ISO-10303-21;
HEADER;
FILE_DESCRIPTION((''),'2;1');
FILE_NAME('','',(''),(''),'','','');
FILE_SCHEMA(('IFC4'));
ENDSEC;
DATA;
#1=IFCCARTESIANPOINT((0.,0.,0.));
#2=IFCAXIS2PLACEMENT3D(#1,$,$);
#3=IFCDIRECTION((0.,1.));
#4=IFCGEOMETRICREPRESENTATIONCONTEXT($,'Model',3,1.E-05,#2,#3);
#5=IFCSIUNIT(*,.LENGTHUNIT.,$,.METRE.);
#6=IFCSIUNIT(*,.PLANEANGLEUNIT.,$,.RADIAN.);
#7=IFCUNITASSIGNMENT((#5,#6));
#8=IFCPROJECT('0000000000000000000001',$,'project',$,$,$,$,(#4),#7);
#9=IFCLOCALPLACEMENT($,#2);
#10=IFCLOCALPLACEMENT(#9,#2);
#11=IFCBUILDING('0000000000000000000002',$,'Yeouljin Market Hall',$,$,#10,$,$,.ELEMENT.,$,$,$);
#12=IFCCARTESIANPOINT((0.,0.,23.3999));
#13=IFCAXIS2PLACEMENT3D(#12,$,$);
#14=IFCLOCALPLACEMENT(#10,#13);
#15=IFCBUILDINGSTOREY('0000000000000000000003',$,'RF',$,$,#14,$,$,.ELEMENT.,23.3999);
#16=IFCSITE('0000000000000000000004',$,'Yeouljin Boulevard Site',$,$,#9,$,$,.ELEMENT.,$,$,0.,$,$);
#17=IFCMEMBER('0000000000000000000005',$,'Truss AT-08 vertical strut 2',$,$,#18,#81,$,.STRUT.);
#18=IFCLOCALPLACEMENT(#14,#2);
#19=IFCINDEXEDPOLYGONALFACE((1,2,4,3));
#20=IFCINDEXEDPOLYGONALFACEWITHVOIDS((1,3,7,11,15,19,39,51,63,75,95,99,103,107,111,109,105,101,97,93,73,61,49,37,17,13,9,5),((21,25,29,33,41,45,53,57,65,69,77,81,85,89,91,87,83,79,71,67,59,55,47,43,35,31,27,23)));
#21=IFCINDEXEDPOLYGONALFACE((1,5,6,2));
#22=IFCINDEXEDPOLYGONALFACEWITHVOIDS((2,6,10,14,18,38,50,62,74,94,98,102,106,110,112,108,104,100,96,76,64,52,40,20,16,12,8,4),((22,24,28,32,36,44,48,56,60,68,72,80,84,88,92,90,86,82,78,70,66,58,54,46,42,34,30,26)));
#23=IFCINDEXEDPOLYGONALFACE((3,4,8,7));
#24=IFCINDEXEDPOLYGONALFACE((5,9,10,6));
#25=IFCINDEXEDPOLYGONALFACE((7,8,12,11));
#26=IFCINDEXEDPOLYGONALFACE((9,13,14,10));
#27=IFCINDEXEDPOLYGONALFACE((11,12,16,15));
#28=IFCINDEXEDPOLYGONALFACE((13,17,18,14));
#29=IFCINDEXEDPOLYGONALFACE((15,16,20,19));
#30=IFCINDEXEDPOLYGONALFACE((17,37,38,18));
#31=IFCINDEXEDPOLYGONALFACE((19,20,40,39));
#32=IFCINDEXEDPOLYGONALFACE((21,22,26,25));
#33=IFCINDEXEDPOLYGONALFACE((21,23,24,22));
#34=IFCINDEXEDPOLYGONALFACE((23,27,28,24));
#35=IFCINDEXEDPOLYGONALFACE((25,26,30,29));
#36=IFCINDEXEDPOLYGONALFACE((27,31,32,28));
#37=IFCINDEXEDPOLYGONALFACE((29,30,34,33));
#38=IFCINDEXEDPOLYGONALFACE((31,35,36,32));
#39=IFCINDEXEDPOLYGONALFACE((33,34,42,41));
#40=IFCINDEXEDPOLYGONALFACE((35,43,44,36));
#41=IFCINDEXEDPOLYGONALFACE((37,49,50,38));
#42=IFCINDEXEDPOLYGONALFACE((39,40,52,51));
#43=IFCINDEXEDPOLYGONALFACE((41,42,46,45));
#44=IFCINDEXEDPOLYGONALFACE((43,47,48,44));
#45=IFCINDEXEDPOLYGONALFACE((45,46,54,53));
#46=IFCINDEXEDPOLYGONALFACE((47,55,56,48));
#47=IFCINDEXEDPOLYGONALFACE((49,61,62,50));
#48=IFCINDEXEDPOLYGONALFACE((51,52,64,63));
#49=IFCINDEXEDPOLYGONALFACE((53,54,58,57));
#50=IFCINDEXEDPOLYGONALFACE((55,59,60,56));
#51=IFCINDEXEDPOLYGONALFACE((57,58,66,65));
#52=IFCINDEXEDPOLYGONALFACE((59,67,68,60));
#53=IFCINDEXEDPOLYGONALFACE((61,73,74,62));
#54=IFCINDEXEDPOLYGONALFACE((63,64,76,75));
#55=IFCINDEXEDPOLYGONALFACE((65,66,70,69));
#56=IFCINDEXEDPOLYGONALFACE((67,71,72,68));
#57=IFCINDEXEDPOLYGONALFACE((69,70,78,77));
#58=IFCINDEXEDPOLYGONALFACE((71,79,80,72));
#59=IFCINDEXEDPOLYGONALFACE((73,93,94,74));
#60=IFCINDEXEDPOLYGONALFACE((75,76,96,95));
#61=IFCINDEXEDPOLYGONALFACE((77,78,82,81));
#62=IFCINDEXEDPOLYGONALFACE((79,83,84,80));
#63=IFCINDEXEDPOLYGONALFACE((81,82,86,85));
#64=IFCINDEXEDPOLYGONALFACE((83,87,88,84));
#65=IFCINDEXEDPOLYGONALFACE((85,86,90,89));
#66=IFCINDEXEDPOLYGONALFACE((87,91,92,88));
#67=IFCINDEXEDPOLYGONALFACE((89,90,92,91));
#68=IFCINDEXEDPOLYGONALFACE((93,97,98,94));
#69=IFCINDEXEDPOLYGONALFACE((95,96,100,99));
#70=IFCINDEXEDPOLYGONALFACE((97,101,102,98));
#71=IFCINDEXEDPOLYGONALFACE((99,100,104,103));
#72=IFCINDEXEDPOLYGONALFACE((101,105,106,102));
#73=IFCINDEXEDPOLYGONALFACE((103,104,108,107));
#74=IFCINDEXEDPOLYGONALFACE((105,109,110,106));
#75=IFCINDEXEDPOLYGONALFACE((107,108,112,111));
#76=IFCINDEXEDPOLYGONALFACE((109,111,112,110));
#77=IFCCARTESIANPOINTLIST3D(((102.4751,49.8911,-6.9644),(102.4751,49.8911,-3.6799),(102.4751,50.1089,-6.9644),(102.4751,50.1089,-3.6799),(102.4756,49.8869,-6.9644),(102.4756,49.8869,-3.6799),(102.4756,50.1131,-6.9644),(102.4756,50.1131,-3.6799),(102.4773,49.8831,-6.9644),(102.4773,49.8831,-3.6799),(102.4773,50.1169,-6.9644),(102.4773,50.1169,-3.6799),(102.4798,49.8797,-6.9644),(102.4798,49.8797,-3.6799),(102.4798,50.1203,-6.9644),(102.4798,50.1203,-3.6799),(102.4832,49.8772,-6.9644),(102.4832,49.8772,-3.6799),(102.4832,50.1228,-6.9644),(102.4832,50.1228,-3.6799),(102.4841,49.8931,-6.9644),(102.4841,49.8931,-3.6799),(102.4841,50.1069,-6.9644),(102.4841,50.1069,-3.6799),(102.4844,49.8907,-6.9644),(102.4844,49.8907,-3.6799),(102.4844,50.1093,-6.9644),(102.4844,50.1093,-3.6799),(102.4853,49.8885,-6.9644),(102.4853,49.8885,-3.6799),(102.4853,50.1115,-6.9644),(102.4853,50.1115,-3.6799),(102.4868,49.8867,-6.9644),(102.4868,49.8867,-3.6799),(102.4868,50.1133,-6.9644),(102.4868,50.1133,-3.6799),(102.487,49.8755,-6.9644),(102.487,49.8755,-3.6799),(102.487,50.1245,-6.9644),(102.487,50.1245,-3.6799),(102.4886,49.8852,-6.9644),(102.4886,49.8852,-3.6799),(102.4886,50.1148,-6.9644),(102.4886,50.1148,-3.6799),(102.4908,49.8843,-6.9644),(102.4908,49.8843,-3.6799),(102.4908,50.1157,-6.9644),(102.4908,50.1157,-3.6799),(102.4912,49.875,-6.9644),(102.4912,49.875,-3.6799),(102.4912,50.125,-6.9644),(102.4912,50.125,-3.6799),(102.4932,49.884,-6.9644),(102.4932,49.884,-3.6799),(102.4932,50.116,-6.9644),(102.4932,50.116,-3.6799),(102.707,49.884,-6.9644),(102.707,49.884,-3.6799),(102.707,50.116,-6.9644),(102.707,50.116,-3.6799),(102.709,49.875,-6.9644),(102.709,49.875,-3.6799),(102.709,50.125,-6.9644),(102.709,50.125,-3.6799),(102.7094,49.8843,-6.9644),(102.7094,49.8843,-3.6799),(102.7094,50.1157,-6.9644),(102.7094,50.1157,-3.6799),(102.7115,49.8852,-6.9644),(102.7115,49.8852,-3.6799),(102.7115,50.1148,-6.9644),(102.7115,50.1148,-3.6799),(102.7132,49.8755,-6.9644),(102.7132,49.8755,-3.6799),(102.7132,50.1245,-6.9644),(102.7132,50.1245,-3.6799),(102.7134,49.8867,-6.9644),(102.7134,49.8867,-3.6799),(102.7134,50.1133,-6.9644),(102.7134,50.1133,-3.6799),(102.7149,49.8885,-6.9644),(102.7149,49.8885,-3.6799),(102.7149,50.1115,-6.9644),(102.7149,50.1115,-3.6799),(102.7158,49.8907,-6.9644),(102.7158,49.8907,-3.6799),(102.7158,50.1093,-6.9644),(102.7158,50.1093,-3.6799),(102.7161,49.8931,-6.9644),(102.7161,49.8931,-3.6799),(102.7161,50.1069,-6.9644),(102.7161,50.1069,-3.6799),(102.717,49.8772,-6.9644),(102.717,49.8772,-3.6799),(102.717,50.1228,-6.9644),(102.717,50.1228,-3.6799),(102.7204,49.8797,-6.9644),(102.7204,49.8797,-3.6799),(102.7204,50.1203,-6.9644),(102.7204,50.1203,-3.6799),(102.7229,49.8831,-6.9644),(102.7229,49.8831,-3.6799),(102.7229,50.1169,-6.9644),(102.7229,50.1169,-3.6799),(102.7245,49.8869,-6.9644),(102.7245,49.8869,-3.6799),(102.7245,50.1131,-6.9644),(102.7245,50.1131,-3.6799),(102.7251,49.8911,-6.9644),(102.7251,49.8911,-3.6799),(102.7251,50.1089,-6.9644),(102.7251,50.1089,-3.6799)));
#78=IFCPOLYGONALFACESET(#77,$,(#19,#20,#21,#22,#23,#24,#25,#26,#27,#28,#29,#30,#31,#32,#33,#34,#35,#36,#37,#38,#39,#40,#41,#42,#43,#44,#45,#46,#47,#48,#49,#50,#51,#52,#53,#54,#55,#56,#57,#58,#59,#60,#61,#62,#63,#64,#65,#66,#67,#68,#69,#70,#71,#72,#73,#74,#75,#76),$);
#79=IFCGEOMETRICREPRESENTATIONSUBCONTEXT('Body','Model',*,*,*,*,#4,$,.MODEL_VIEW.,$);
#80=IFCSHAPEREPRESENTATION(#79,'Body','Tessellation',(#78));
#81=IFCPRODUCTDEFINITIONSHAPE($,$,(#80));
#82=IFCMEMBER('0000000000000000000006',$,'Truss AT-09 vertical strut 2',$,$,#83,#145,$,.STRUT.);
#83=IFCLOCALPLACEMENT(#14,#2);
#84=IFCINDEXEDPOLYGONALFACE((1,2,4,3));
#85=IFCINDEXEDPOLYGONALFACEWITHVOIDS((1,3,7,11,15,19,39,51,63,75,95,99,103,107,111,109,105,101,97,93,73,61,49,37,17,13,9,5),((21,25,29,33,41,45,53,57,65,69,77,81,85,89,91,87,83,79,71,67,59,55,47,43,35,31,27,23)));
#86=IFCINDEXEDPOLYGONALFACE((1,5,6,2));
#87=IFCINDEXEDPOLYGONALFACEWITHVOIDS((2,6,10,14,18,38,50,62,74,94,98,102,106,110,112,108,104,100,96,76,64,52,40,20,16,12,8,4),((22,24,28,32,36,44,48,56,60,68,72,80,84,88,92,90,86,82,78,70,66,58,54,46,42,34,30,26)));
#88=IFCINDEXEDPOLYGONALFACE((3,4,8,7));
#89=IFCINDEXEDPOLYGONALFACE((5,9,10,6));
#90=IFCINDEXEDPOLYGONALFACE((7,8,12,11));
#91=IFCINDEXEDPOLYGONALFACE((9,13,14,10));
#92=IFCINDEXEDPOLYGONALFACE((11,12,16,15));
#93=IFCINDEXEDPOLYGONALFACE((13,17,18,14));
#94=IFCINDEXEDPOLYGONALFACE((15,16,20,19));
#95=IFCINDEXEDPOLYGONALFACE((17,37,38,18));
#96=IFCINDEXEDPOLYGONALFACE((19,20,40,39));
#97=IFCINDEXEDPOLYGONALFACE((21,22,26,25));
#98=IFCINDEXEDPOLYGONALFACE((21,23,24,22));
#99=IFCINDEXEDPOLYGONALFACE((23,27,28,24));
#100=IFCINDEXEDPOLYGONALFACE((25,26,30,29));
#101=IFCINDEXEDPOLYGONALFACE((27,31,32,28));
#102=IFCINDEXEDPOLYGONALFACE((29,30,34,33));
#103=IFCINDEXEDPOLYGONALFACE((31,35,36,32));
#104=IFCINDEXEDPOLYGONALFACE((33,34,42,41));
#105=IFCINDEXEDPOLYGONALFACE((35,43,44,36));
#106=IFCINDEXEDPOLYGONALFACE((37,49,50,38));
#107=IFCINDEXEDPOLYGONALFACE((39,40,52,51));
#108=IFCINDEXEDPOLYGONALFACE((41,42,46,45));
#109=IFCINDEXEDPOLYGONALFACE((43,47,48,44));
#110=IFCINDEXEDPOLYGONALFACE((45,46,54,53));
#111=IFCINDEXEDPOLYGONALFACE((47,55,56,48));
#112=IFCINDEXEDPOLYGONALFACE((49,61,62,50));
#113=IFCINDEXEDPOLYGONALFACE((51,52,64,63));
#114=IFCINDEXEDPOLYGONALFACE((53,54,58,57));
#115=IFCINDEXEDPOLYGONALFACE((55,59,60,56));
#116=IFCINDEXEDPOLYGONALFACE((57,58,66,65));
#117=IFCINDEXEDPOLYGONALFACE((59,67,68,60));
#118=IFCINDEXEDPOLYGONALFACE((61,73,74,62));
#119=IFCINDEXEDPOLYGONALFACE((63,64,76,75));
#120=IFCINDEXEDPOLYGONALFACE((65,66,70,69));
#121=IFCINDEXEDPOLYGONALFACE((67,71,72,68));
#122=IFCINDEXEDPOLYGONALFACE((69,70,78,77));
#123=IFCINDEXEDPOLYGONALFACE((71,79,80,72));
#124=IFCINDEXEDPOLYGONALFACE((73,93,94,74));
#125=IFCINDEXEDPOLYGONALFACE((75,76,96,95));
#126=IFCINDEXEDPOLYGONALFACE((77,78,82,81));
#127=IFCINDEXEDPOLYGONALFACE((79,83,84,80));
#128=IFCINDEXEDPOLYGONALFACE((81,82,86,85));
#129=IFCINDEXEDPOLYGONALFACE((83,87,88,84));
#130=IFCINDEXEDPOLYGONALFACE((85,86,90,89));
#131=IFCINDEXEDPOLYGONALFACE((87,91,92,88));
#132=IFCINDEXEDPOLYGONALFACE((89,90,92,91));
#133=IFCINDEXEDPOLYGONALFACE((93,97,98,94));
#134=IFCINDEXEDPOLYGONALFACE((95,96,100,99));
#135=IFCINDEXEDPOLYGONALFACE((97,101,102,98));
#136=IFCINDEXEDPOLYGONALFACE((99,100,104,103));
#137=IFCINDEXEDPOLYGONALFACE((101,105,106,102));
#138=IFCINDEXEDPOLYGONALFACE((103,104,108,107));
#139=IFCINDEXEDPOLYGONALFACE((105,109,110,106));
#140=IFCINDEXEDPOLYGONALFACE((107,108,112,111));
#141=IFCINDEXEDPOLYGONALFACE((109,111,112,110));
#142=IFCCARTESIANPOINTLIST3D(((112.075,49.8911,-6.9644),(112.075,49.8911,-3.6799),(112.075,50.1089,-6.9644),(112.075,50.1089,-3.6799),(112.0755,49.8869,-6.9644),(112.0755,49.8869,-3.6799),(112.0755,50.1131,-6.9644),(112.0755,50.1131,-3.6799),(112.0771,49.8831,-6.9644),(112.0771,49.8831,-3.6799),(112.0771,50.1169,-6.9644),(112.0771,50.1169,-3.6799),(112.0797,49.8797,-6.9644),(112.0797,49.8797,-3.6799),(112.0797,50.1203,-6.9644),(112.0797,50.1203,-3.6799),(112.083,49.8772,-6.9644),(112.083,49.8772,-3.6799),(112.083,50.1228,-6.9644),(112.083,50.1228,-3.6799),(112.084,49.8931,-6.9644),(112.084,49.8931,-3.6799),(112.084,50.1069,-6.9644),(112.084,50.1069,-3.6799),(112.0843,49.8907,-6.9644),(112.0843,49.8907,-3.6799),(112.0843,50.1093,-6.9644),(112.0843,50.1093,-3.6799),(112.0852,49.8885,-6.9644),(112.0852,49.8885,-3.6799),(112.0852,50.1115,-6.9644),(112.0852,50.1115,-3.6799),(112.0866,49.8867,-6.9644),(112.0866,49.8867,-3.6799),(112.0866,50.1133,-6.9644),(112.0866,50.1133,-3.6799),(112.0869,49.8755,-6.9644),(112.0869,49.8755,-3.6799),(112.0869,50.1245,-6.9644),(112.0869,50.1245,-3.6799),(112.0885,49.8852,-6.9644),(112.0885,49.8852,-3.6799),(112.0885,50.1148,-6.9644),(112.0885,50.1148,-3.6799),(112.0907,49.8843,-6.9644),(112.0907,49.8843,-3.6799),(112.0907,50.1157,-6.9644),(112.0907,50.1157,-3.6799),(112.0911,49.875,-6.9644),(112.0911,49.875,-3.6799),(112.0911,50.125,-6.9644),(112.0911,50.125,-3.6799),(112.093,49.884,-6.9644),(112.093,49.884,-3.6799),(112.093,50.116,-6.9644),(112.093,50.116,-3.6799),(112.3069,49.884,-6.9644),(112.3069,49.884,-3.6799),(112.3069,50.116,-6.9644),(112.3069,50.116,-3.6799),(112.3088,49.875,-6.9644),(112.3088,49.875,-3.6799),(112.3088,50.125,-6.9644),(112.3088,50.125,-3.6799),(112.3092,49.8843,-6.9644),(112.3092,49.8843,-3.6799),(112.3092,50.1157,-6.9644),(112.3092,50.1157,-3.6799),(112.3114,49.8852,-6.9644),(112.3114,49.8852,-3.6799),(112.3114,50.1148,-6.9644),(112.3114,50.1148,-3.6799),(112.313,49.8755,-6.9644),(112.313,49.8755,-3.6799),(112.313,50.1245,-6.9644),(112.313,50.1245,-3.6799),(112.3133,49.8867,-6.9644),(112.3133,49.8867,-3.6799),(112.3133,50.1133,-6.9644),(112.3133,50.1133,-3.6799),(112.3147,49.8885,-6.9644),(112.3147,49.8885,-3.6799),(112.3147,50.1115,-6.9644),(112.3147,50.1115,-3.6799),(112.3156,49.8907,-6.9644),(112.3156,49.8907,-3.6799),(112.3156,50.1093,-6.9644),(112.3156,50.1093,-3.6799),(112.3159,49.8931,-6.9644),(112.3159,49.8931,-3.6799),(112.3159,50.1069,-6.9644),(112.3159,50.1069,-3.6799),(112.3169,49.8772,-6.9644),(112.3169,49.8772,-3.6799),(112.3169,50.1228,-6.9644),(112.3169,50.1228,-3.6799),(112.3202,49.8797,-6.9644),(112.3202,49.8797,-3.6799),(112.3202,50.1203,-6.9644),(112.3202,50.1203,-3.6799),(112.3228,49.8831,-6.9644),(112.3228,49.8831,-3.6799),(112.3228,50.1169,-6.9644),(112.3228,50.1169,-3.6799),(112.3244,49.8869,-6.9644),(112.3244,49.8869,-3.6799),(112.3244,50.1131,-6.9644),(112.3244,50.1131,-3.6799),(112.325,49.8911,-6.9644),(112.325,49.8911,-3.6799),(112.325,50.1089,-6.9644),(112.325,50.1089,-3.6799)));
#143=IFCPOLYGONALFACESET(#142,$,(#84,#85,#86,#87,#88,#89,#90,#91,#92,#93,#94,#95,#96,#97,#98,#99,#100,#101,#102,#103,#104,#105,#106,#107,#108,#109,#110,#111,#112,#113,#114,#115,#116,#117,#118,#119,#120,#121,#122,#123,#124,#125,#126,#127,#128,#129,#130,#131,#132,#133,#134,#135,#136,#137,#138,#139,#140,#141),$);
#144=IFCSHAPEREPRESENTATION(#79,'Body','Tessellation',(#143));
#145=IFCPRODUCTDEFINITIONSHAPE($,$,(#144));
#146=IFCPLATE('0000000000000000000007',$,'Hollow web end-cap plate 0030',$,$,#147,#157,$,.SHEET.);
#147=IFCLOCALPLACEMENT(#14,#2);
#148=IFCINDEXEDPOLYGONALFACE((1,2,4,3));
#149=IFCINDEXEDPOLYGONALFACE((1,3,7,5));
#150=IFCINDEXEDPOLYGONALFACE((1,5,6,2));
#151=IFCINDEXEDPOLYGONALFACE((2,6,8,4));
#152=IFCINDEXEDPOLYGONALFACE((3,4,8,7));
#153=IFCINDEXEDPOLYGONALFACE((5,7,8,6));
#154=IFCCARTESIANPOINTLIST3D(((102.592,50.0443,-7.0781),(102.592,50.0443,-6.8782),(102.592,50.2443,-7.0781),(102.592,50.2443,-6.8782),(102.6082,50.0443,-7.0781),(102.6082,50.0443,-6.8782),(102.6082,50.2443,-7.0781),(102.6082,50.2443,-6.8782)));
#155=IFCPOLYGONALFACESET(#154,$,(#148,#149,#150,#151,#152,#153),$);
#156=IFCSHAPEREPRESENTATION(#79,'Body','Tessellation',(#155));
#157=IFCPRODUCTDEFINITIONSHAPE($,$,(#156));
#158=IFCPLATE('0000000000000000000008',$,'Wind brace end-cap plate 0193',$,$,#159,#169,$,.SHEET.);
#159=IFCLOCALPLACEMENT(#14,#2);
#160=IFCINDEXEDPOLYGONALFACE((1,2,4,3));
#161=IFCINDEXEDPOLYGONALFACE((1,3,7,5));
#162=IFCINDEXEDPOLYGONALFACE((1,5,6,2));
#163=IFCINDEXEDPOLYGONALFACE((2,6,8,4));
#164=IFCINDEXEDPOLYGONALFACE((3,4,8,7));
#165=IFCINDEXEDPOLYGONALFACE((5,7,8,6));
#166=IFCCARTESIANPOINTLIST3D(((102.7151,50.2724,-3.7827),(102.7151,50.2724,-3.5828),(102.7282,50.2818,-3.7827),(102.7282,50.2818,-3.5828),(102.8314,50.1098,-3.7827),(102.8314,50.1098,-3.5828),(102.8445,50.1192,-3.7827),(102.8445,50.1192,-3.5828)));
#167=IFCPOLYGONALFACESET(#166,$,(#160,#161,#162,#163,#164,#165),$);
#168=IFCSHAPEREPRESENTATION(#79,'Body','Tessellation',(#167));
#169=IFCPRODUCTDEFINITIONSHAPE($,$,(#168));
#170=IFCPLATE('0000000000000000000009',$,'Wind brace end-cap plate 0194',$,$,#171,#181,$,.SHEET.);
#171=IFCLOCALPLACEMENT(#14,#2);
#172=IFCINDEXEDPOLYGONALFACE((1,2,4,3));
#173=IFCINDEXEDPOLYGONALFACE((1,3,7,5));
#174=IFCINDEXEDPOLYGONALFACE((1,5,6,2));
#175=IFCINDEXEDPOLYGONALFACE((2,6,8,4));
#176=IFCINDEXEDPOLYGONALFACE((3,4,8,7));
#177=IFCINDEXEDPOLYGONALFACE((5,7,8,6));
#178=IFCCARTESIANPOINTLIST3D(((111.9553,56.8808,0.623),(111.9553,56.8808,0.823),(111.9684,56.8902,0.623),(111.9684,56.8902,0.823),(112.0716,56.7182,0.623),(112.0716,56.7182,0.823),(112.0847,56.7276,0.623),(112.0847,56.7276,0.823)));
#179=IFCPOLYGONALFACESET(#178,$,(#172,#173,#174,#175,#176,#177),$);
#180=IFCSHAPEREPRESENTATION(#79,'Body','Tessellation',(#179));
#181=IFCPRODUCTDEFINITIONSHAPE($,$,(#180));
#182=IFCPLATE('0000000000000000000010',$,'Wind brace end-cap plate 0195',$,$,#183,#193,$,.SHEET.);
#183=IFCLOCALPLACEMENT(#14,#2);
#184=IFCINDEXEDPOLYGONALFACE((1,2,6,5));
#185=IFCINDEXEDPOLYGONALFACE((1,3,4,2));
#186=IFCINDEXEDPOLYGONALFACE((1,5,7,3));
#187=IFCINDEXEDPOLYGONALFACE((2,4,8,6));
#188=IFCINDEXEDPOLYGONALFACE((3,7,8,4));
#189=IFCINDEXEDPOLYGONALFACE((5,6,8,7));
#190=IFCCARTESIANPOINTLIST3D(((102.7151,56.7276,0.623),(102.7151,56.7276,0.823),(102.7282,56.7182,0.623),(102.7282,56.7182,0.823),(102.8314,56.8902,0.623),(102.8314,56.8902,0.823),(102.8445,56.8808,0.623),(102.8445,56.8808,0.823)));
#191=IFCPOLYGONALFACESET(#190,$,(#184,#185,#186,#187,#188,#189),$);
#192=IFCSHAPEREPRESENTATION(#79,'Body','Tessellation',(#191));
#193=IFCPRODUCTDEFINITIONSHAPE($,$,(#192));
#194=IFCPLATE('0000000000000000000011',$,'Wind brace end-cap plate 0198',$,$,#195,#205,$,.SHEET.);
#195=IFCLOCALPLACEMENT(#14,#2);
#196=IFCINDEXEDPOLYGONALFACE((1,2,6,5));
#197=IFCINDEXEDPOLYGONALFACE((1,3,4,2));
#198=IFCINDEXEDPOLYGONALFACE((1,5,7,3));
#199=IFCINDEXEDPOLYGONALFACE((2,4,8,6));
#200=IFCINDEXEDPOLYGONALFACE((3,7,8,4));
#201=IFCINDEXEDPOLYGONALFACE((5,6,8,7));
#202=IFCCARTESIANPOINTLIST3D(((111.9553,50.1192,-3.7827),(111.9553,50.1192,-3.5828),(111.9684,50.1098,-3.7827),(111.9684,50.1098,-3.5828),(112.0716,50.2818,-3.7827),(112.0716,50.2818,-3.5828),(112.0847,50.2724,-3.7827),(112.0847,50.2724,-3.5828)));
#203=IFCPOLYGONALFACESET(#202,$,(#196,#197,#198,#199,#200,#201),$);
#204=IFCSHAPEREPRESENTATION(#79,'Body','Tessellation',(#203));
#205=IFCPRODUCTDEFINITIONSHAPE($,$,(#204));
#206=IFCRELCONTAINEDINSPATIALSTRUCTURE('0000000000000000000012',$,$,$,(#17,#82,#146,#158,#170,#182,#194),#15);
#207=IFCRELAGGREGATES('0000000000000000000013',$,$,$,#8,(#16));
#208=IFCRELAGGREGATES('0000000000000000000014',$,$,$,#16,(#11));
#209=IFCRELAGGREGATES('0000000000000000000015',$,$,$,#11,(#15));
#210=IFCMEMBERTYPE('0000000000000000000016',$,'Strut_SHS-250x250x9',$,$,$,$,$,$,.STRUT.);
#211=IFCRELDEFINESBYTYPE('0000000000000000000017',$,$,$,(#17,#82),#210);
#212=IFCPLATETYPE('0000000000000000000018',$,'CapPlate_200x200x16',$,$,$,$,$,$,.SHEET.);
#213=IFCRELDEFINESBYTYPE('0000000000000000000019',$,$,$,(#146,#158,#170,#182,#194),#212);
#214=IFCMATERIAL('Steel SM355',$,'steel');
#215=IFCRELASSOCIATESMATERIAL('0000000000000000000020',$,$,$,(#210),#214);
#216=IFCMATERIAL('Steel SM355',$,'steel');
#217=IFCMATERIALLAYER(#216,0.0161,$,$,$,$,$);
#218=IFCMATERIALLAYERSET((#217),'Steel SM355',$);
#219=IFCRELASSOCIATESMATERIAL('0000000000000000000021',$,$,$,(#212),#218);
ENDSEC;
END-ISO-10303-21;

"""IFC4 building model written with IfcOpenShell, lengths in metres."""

from ifc_helpers import new_model, si_unit, direction, frame, origin, origin_2d, place, context, subcontext, project, spatial, rectangle, hollow_rectangle, extrude, material, layer, layer_set, material_profile, profile_set, type_object, element, save


model = new_model("IFC4")

# Units and contexts
model_context = context("Model", 3, precision=1e-05, world=origin(), true_north=direction((0.0, 1.0)))
body_context = subcontext(model_context, "Body", "Model", "MODEL_VIEW")
ifc_project = project(units=[si_unit("LENGTHUNIT", "METRE"), si_unit("PLANEANGLEUNIT", "RADIAN")], contexts=[model_context])

# Site, building, storey
site_placement = place(None, origin())
site = spatial("IfcSite", under=ifc_project, at=site_placement, Name="Yeouljin Boulevard Site", CompositionType="ELEMENT", RefElevation=0.0)
building_placement = place(site_placement, origin())
building = spatial("IfcBuilding", under=site, at=building_placement, Name="Yeouljin Market Hall", CompositionType="ELEMENT")
storey_placement = place(building_placement, frame((0.0, 0.0, 23.3999)))
storey = spatial("IfcBuildingStorey", under=building, at=storey_placement, Name="RF", CompositionType="ELEMENT", Elevation=23.3999)

# Members
ifc_material_1 = material(Name="Steel SM355", Category="steel")
ifc_material_profile_1 = material_profile(ifc_material_1, hollow_rectangle(XDim=0.25, YDim=0.25, WallThickness=0.009, InnerFilletRadius=0.009, OuterFilletRadius=0.0161, at=origin_2d()), Name="SHS-250x250x9")
ifc_profile_set_1 = profile_set([ifc_material_profile_1], Name="Steel SM355")
member_type_1 = type_object("IfcMemberType", Name="Strut_SHS-250x250x9", PredefinedType="STRUT", material=ifc_profile_set_1)
for number, where, z_axis, x_axis, name in (
    (1, (102.6001, 50.0, -6.9644), (0.0, 0.0, 1.0), (1.0, 0.0, 0.0), "Truss AT-08 vertical strut 2"),
    (2, (112.2, 50.0, -6.9644), (0.0, 0.0, 1.0), (1.0, 0.0, 0.0), "Truss AT-09 vertical strut 2"),
):
    element("IfcMember", number, at=place(storey_placement, frame(where, z_axis=z_axis, x_axis=x_axis)), inside=storey, type_object=member_type_1, Name=name, PredefinedType="STRUT", context=body_context, shape_type="SweptSolid", body=[
        extrude(hollow_rectangle(XDim=0.25, YDim=0.25, WallThickness=0.009, InnerFilletRadius=0.009, OuterFilletRadius=0.0161, at=origin_2d()), origin(), (0.0, 0.0, 1.0), 3.2844),
    ])

# Plates
ifc_material_2 = material(Name="Steel SM355", Category="steel")
ifc_layer_1 = layer(ifc_material_2, 0.0161)
ifc_layer_set_1 = layer_set([ifc_layer_1], Name="Steel SM355")
plate_type_1 = type_object("IfcPlateType", Name="CapPlate_200x200x16", PredefinedType="SHEET", material=ifc_layer_set_1)
for number, where, z_axis, x_axis, name in (
    (3, (102.6001, 50.1443, -7.0781), (0.0, 0.0, 1.0), (0.0, 1.0, 0.0), "Hollow web end-cap plate 0030"),
    (4, (102.7798, 50.1958, -3.7827), (0.0, 0.0, 1.0), (-0.581697, 0.813405, 0.0), "Wind brace end-cap plate 0193"),
    (5, (112.02, 56.8042, 0.623), (0.0, 0.0, 1.0), (-0.581697, 0.813405, 0.0), "Wind brace end-cap plate 0194"),
    (6, (102.7798, 56.8042, 0.623), (0.0, 0.0, 1.0), (0.581697, 0.813405, 0.0), "Wind brace end-cap plate 0195"),
    (7, (112.02, 50.1958, -3.7827), (0.0, 0.0, 1.0), (0.581697, 0.813405, 0.0), "Wind brace end-cap plate 0198"),
):
    element("IfcPlate", number, at=place(storey_placement, frame(where, z_axis=z_axis, x_axis=x_axis)), inside=storey, type_object=plate_type_1, Name=name, PredefinedType="SHEET", context=body_context, shape_type="SweptSolid", body=[
        extrude(rectangle(XDim=0.2, YDim=0.0161, at=origin_2d()), origin(), (0.0, 0.0, 1.0), 0.2),
    ])

save(model, "model.ifc")
